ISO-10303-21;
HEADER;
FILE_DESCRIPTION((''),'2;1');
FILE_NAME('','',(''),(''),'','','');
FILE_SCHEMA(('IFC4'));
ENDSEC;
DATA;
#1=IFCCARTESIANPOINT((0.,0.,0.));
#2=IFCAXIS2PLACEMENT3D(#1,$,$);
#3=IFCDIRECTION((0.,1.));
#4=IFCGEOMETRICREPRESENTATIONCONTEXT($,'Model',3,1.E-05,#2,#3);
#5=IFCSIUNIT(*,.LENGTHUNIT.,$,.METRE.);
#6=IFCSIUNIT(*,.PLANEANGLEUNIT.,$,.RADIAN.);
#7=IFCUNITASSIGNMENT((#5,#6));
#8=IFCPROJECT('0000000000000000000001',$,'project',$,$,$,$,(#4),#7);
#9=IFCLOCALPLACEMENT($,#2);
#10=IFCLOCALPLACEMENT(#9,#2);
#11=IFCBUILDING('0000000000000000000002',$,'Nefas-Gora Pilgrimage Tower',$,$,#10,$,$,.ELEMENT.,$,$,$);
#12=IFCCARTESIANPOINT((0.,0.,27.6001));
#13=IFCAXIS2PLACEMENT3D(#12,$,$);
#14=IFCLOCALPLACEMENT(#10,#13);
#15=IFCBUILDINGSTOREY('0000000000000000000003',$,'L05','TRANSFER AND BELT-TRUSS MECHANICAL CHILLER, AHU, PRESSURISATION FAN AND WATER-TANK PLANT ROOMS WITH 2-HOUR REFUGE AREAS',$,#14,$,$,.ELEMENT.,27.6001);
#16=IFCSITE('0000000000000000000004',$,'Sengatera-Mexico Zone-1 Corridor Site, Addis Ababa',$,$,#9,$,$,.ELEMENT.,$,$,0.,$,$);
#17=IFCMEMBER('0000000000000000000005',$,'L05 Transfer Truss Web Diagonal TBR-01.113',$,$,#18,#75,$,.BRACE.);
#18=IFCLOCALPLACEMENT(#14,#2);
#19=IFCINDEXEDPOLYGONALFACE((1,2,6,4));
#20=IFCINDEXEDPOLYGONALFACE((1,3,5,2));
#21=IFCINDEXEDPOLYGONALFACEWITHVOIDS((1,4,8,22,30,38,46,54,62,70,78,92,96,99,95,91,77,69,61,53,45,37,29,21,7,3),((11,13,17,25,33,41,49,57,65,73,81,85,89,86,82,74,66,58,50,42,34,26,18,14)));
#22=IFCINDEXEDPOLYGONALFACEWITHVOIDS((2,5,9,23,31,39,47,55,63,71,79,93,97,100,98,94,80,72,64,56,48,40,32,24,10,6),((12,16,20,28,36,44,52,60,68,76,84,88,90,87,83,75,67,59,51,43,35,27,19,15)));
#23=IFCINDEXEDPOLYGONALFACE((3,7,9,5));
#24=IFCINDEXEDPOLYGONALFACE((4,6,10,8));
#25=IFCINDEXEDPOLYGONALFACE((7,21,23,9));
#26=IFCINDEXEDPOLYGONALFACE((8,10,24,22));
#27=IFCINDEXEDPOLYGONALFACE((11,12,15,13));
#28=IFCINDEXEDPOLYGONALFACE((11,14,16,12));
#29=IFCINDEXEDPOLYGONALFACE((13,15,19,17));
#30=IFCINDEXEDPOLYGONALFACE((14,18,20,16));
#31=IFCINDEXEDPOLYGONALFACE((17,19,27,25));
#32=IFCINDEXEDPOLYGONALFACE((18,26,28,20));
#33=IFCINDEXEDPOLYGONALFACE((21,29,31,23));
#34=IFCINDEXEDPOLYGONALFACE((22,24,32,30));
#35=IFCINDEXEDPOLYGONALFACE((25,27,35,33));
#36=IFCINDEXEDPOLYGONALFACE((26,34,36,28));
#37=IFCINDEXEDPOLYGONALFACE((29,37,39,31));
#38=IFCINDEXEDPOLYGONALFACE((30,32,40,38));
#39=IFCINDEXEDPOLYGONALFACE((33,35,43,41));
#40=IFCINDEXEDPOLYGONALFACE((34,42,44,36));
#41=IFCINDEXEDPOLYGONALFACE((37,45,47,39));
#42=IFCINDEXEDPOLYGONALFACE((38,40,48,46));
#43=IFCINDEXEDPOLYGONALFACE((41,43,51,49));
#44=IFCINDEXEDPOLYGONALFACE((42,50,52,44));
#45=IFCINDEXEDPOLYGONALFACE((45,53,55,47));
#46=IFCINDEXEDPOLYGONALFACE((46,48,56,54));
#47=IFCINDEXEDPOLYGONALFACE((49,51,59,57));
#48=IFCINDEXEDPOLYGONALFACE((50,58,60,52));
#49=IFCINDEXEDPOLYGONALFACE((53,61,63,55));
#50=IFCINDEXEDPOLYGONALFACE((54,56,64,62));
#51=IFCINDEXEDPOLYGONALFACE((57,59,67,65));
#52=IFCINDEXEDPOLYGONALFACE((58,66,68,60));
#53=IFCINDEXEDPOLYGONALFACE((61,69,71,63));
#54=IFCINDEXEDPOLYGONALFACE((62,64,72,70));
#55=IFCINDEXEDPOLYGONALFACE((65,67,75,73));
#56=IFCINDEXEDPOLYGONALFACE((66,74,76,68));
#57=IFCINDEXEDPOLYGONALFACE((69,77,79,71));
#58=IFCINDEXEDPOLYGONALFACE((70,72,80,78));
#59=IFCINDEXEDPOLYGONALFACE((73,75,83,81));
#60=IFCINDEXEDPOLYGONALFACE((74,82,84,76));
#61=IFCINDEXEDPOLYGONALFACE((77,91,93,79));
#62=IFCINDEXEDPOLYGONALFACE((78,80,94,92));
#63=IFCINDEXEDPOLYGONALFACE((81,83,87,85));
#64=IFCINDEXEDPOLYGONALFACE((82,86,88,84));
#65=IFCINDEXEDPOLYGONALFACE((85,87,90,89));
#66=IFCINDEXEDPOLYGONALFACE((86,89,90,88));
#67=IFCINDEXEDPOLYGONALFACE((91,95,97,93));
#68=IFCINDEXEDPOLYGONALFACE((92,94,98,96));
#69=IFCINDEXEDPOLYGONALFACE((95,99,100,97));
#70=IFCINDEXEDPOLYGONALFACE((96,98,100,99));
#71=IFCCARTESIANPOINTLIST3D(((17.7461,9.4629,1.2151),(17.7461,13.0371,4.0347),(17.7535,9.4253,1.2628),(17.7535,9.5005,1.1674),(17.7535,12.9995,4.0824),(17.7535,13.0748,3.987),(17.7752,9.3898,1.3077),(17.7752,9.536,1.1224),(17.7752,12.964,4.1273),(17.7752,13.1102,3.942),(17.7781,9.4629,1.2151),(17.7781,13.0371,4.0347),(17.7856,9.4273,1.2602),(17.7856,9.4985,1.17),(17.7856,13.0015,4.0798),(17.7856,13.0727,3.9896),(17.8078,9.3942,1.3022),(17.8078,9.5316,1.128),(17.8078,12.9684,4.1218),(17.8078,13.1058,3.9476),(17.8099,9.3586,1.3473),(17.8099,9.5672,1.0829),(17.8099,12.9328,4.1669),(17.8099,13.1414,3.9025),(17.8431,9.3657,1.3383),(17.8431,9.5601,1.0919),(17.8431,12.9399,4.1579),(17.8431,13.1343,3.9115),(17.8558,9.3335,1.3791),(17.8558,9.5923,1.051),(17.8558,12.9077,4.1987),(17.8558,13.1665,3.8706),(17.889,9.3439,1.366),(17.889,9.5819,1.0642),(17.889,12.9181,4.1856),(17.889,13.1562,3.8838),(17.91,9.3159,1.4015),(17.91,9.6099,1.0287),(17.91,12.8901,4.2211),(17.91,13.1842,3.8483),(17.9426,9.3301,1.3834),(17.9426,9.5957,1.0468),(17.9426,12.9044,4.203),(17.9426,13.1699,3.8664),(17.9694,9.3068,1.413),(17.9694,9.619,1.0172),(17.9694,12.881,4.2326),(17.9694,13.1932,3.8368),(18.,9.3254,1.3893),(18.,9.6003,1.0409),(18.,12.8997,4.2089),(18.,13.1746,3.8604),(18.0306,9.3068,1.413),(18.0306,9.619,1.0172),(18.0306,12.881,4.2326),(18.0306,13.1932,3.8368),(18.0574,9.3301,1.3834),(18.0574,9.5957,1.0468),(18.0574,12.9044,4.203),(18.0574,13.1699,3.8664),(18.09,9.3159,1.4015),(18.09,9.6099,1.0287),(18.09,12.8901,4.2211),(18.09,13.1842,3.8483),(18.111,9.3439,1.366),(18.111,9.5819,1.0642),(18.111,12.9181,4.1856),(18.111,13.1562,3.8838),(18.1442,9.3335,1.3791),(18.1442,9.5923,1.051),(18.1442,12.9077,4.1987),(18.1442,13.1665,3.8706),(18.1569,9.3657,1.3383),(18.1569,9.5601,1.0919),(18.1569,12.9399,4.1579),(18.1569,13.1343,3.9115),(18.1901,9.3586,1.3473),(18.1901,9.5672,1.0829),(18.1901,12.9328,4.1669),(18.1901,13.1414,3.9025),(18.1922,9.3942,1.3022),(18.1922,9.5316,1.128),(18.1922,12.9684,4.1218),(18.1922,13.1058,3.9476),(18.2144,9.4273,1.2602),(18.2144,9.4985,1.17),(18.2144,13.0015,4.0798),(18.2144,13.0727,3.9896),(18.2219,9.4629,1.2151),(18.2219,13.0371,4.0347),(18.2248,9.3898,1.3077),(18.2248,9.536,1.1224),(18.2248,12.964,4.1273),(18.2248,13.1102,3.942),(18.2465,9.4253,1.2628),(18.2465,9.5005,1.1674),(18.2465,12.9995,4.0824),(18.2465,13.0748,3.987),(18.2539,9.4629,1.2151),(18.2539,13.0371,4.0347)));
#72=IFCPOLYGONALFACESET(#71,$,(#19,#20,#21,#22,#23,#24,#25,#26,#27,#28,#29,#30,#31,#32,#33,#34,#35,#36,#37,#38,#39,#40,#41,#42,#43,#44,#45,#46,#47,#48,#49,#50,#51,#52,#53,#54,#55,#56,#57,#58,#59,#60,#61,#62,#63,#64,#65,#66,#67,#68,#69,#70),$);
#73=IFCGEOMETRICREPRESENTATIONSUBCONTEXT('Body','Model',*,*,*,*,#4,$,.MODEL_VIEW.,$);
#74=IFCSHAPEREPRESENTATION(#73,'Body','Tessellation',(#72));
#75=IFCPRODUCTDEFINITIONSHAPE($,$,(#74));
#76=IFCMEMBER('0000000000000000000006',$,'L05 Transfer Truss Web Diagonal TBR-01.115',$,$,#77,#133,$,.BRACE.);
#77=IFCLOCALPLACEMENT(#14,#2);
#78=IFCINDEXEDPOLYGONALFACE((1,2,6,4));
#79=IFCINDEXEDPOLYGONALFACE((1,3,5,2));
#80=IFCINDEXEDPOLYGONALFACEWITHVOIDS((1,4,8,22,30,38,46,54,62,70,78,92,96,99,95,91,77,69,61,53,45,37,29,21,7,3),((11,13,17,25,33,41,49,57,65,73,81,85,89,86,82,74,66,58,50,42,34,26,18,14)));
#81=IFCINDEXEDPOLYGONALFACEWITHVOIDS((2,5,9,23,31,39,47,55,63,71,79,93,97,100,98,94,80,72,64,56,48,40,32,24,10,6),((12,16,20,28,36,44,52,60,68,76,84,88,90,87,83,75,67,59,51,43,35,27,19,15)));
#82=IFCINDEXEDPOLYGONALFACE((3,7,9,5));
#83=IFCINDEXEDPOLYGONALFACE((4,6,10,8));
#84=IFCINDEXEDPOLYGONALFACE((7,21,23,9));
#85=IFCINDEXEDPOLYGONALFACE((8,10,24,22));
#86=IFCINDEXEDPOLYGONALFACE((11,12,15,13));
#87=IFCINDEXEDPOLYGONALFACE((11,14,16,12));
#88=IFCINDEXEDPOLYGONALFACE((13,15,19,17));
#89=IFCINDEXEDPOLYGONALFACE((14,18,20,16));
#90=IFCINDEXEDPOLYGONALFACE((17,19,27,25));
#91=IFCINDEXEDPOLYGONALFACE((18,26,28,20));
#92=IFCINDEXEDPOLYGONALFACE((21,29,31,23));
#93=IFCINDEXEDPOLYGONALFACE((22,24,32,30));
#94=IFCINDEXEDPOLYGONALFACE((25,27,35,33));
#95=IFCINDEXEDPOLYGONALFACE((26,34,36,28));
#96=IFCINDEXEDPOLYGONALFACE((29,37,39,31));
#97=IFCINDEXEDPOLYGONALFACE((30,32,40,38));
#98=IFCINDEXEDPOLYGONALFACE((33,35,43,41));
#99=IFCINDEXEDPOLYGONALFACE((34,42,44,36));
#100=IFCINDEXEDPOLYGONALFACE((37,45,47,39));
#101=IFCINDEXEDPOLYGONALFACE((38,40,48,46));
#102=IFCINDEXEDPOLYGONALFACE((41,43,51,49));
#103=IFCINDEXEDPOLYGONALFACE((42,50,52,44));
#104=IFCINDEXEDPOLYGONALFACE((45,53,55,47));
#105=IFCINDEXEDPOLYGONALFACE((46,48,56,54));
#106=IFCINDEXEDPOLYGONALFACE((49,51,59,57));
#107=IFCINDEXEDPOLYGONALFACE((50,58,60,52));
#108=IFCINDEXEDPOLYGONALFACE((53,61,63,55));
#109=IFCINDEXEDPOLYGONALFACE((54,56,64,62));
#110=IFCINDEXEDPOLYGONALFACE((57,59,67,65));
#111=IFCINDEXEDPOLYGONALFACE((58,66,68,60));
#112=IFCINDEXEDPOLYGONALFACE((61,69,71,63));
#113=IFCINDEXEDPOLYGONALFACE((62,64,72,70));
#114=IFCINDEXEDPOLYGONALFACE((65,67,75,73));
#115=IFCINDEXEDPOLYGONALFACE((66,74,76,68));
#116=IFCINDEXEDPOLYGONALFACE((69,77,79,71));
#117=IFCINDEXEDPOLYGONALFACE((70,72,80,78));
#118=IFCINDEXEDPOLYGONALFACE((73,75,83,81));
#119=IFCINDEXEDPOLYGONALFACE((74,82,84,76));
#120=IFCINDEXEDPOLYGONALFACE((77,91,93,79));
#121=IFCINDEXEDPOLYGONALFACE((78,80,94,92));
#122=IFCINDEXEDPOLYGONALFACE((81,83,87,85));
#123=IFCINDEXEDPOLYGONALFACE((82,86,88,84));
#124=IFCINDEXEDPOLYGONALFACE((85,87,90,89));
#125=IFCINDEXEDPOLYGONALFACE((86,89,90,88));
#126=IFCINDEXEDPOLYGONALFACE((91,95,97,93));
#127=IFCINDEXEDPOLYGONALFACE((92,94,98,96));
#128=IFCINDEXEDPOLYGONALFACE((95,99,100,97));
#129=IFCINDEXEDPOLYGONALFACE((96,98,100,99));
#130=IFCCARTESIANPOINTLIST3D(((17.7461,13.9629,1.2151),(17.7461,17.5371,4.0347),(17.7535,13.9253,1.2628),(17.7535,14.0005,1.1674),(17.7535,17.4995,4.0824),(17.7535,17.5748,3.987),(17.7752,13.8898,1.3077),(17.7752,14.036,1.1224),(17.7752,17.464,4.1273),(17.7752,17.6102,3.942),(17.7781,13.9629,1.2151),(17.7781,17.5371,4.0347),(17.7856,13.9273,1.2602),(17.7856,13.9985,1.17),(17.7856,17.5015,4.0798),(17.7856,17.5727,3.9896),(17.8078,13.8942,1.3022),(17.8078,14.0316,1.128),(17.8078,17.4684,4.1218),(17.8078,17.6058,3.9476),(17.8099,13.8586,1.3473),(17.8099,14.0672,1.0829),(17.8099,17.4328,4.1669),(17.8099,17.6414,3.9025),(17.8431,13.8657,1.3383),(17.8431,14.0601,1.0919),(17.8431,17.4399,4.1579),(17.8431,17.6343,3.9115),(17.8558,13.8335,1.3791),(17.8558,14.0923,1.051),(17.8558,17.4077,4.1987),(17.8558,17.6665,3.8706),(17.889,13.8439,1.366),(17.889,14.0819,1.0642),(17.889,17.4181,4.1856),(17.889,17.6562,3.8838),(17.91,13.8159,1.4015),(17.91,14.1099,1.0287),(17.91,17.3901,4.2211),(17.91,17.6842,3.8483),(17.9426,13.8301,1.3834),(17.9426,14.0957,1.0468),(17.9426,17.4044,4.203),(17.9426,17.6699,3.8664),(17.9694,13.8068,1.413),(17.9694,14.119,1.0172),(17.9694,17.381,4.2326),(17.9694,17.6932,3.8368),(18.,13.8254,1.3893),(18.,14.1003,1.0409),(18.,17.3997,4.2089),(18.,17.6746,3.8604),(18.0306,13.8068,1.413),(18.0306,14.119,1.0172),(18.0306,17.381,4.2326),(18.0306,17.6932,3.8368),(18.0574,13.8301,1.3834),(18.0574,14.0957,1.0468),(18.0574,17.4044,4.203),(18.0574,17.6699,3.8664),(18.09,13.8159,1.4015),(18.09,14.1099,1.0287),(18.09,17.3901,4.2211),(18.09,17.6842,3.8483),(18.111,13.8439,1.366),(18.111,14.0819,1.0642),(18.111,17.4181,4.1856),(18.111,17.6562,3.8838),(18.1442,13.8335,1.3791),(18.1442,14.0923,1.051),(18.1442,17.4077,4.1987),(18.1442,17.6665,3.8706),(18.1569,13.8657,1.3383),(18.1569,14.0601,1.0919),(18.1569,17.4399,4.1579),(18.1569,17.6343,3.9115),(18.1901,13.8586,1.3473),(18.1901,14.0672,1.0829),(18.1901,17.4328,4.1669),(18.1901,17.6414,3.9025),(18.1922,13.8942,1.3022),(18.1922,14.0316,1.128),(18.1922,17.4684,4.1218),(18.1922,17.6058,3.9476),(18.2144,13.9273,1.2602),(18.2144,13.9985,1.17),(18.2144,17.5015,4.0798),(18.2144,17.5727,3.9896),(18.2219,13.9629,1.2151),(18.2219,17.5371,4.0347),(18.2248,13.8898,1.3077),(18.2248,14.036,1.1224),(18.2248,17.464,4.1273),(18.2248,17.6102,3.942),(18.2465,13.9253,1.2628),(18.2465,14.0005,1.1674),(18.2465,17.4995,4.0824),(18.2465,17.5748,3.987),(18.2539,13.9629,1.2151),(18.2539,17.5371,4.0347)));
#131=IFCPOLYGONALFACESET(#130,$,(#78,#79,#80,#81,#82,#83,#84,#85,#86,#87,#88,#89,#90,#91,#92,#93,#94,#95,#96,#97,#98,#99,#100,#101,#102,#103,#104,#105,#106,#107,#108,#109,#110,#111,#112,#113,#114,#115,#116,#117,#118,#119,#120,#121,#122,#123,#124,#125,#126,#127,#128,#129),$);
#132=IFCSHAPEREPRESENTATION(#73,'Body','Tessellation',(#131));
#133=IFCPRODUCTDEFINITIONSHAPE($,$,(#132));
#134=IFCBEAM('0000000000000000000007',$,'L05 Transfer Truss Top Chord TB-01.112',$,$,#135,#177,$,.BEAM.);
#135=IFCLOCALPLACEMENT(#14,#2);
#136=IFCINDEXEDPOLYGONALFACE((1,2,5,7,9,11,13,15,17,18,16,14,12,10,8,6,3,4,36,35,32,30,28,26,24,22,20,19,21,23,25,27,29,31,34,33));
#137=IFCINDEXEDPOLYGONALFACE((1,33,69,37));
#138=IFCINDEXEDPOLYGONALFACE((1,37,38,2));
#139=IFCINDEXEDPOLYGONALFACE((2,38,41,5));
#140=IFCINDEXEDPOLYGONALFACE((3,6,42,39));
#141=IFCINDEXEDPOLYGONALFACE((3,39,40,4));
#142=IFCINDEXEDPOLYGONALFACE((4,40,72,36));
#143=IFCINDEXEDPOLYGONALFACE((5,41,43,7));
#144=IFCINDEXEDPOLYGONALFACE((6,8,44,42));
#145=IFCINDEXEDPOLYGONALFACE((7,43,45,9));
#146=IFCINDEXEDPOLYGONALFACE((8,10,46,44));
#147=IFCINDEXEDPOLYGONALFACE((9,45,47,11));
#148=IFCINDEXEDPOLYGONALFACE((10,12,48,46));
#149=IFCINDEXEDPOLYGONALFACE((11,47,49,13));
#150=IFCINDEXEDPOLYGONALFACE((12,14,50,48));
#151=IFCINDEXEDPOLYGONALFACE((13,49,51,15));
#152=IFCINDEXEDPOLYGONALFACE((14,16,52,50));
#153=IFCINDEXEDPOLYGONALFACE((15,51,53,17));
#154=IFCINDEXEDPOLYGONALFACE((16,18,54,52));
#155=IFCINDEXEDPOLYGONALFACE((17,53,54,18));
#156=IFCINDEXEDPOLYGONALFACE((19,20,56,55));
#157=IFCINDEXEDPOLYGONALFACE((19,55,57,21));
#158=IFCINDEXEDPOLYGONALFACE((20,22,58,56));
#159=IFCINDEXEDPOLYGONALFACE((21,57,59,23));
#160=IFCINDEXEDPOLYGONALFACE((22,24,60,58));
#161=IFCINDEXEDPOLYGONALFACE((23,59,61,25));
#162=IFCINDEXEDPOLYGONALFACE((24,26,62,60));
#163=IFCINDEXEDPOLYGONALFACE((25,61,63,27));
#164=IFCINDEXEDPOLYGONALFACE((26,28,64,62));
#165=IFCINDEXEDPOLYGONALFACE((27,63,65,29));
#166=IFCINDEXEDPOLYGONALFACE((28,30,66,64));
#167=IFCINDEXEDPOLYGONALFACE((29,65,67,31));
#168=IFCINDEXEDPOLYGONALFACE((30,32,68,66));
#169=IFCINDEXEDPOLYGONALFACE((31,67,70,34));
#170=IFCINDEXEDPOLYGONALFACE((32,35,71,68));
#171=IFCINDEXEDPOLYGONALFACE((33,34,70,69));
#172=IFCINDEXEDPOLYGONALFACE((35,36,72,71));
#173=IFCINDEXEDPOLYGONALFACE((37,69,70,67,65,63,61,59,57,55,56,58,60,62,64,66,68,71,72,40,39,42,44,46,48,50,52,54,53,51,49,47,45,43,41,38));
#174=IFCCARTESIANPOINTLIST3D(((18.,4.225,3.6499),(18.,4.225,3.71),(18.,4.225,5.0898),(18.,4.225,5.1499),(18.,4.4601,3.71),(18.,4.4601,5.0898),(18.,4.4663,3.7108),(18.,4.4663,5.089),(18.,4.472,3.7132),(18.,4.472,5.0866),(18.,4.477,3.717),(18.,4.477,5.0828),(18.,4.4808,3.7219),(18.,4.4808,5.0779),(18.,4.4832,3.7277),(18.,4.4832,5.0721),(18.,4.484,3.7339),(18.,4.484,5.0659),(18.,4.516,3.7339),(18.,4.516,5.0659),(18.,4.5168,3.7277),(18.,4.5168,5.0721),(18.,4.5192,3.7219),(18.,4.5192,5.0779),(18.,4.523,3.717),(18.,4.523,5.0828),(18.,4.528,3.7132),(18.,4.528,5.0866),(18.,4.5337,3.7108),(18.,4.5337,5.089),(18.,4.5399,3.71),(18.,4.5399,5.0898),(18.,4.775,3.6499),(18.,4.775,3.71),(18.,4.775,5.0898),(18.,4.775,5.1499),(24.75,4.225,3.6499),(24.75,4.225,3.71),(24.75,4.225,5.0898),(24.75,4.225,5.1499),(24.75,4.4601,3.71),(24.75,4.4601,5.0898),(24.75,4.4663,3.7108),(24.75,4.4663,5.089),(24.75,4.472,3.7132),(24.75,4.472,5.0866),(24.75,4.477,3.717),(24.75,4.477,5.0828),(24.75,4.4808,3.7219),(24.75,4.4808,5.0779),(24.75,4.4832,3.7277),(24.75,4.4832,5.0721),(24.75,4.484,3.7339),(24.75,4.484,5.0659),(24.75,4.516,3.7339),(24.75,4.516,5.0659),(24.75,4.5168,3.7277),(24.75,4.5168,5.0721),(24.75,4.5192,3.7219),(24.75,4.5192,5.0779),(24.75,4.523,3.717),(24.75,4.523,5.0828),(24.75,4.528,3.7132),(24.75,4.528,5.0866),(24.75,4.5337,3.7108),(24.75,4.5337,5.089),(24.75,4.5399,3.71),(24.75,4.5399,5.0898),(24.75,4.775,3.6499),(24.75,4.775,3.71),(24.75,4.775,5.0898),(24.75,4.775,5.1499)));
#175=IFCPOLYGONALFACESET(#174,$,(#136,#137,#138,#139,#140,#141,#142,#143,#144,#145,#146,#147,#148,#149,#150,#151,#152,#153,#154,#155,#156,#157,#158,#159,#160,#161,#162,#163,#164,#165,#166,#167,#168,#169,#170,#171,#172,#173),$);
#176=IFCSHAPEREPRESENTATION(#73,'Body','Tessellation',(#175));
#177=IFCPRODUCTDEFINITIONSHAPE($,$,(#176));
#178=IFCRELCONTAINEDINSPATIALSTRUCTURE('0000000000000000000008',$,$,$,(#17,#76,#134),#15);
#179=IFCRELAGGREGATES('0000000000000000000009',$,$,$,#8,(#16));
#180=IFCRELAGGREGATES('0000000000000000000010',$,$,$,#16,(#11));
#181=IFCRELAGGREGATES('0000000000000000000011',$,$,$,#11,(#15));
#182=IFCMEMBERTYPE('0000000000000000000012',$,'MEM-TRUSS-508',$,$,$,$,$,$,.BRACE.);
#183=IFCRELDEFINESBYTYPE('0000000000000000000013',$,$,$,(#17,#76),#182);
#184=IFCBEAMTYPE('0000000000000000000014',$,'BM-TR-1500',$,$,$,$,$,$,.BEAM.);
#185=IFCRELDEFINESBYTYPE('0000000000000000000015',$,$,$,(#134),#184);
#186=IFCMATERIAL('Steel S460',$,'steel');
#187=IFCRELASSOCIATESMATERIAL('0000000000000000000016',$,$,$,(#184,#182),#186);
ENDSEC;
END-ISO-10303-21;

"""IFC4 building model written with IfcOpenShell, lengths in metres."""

from ifc_helpers import new_model, si_unit, direction, frame, origin, origin_2d, place, context, subcontext, project, spatial, hollow_circle, i_section, extrude, source, transform, mapped, material, material_profile, profile_set, type_object, element, save


model = new_model("IFC4")

# Units and contexts
model_context = context("Model", 3, precision=1e-05, world=origin(), true_north=direction((0.0, 1.0)))
body_context = subcontext(model_context, "Body", "Model", "MODEL_VIEW")
ifc_project = project(units=[si_unit("LENGTHUNIT", "METRE"), si_unit("PLANEANGLEUNIT", "RADIAN")], contexts=[model_context])

# Site, building, storey
site_placement = place(None, origin())
site = spatial("IfcSite", under=ifc_project, at=site_placement, Name="Sengatera-Mexico Zone-1 Corridor Site, Addis Ababa", CompositionType="ELEMENT", RefElevation=0.0)
building_placement = place(site_placement, origin())
building = spatial("IfcBuilding", under=site, at=building_placement, Name="Nefas-Gora Pilgrimage Tower", CompositionType="ELEMENT")
storey_placement = place(building_placement, frame((0.0, 0.0, 27.6001)))
storey = spatial("IfcBuildingStorey", under=building, at=storey_placement, Name="L05", Description="TRANSFER AND BELT-TRUSS MECHANICAL CHILLER, AHU, PRESSURISATION FAN AND WATER-TANK PLANT ROOMS WITH 2-HOUR REFUGE AREAS", CompositionType="ELEMENT", Elevation=27.6001)

# Shared definitions
ifc_material = material(Name="Steel S460", Category="steel")

# Shared definitions
ifc_material_profile_1 = material_profile(ifc_material, i_section(OverallWidth=0.55, OverallDepth=1.5, WebThickness=0.032, FlangeThickness=0.0601, FilletRadius=0.0239, at=origin_2d()), Name="WPG 1500x550x32x60")
ifc_profile_set_1 = profile_set([ifc_material_profile_1], Name="Steel S460")
beam_type_1 = type_object("IfcBeamType", Name="BM-TR-1500", PredefinedType="BEAM", material=ifc_profile_set_1)

# Members
ifc_material_profile_2 = material_profile(ifc_material, hollow_circle(Radius=0.2539, WallThickness=0.032, at=origin_2d()), Name="CHS 508x32")
ifc_profile_set_2 = profile_set([ifc_material_profile_2], Name="Steel S460")
member_type = type_object("IfcMemberType", Name="MEM-TRUSS-508", PredefinedType="BRACE", material=ifc_profile_set_2)
shared_shape_1 = source(origin(), body_context, "Body", "SweptSolid", [
    extrude(hollow_circle(Radius=0.2539, WallThickness=0.032, at=origin_2d()), origin(), (0.0, 0.0, 1.0), 4.5525),
])
for number, where, z_axis, x_axis, name in (
    (1, (18.0, 9.4629, 1.2151), (0.0, 0.785115, 0.61935), (-1.0, 0.0, 0.0), "L05 Transfer Truss Web Diagonal TBR-01.113"),
    (2, (18.0, 13.9629, 1.2151), (0.0, 0.785115, 0.61935), (-1.0, 0.0, 0.0), "L05 Transfer Truss Web Diagonal TBR-01.115"),
):
    element("IfcMember", number, at=place(storey_placement, frame(where, z_axis=z_axis, x_axis=x_axis)), inside=storey, type_object=member_type, Name=name, PredefinedType="BRACE", context=body_context, shape_type="MappedRepresentation", body=[
        mapped(shared_shape_1, transform((0.0, 0.0, 0.0), x_axis=(1.0, 0.0, 0.0), y_axis=(0.0, 1.0, 0.0), z_axis=(0.0, 0.0, 1.0), scale=1.0)),
    ])

# Beam
shared_shape_2 = source(origin(), body_context, "Body", "SweptSolid", [
    extrude(i_section(OverallWidth=0.55, OverallDepth=1.5, WebThickness=0.032, FlangeThickness=0.0601, FilletRadius=0.0239, at=origin_2d()), origin(), (0.0, 0.0, 1.0), 6.75),
])
for number, where, z_axis, x_axis, name in (
    (3, (18.0, 4.5, 4.3999), (1.0, 0.0, 0.0), (0.0, 1.0, 0.0), "L05 Transfer Truss Top Chord TB-01.112"),
):
    element("IfcBeam", number, at=place(storey_placement, frame(where, z_axis=z_axis, x_axis=x_axis)), inside=storey, type_object=beam_type_1, Name=name, PredefinedType="BEAM", context=body_context, shape_type="MappedRepresentation", body=[
        mapped(shared_shape_2, transform((0.0, 0.0, 0.0), x_axis=(1.0, 0.0, 0.0), y_axis=(0.0, 1.0, 0.0), z_axis=(0.0, 0.0, 1.0), scale=1.0)),
    ])

save(model, "model.ifc")
